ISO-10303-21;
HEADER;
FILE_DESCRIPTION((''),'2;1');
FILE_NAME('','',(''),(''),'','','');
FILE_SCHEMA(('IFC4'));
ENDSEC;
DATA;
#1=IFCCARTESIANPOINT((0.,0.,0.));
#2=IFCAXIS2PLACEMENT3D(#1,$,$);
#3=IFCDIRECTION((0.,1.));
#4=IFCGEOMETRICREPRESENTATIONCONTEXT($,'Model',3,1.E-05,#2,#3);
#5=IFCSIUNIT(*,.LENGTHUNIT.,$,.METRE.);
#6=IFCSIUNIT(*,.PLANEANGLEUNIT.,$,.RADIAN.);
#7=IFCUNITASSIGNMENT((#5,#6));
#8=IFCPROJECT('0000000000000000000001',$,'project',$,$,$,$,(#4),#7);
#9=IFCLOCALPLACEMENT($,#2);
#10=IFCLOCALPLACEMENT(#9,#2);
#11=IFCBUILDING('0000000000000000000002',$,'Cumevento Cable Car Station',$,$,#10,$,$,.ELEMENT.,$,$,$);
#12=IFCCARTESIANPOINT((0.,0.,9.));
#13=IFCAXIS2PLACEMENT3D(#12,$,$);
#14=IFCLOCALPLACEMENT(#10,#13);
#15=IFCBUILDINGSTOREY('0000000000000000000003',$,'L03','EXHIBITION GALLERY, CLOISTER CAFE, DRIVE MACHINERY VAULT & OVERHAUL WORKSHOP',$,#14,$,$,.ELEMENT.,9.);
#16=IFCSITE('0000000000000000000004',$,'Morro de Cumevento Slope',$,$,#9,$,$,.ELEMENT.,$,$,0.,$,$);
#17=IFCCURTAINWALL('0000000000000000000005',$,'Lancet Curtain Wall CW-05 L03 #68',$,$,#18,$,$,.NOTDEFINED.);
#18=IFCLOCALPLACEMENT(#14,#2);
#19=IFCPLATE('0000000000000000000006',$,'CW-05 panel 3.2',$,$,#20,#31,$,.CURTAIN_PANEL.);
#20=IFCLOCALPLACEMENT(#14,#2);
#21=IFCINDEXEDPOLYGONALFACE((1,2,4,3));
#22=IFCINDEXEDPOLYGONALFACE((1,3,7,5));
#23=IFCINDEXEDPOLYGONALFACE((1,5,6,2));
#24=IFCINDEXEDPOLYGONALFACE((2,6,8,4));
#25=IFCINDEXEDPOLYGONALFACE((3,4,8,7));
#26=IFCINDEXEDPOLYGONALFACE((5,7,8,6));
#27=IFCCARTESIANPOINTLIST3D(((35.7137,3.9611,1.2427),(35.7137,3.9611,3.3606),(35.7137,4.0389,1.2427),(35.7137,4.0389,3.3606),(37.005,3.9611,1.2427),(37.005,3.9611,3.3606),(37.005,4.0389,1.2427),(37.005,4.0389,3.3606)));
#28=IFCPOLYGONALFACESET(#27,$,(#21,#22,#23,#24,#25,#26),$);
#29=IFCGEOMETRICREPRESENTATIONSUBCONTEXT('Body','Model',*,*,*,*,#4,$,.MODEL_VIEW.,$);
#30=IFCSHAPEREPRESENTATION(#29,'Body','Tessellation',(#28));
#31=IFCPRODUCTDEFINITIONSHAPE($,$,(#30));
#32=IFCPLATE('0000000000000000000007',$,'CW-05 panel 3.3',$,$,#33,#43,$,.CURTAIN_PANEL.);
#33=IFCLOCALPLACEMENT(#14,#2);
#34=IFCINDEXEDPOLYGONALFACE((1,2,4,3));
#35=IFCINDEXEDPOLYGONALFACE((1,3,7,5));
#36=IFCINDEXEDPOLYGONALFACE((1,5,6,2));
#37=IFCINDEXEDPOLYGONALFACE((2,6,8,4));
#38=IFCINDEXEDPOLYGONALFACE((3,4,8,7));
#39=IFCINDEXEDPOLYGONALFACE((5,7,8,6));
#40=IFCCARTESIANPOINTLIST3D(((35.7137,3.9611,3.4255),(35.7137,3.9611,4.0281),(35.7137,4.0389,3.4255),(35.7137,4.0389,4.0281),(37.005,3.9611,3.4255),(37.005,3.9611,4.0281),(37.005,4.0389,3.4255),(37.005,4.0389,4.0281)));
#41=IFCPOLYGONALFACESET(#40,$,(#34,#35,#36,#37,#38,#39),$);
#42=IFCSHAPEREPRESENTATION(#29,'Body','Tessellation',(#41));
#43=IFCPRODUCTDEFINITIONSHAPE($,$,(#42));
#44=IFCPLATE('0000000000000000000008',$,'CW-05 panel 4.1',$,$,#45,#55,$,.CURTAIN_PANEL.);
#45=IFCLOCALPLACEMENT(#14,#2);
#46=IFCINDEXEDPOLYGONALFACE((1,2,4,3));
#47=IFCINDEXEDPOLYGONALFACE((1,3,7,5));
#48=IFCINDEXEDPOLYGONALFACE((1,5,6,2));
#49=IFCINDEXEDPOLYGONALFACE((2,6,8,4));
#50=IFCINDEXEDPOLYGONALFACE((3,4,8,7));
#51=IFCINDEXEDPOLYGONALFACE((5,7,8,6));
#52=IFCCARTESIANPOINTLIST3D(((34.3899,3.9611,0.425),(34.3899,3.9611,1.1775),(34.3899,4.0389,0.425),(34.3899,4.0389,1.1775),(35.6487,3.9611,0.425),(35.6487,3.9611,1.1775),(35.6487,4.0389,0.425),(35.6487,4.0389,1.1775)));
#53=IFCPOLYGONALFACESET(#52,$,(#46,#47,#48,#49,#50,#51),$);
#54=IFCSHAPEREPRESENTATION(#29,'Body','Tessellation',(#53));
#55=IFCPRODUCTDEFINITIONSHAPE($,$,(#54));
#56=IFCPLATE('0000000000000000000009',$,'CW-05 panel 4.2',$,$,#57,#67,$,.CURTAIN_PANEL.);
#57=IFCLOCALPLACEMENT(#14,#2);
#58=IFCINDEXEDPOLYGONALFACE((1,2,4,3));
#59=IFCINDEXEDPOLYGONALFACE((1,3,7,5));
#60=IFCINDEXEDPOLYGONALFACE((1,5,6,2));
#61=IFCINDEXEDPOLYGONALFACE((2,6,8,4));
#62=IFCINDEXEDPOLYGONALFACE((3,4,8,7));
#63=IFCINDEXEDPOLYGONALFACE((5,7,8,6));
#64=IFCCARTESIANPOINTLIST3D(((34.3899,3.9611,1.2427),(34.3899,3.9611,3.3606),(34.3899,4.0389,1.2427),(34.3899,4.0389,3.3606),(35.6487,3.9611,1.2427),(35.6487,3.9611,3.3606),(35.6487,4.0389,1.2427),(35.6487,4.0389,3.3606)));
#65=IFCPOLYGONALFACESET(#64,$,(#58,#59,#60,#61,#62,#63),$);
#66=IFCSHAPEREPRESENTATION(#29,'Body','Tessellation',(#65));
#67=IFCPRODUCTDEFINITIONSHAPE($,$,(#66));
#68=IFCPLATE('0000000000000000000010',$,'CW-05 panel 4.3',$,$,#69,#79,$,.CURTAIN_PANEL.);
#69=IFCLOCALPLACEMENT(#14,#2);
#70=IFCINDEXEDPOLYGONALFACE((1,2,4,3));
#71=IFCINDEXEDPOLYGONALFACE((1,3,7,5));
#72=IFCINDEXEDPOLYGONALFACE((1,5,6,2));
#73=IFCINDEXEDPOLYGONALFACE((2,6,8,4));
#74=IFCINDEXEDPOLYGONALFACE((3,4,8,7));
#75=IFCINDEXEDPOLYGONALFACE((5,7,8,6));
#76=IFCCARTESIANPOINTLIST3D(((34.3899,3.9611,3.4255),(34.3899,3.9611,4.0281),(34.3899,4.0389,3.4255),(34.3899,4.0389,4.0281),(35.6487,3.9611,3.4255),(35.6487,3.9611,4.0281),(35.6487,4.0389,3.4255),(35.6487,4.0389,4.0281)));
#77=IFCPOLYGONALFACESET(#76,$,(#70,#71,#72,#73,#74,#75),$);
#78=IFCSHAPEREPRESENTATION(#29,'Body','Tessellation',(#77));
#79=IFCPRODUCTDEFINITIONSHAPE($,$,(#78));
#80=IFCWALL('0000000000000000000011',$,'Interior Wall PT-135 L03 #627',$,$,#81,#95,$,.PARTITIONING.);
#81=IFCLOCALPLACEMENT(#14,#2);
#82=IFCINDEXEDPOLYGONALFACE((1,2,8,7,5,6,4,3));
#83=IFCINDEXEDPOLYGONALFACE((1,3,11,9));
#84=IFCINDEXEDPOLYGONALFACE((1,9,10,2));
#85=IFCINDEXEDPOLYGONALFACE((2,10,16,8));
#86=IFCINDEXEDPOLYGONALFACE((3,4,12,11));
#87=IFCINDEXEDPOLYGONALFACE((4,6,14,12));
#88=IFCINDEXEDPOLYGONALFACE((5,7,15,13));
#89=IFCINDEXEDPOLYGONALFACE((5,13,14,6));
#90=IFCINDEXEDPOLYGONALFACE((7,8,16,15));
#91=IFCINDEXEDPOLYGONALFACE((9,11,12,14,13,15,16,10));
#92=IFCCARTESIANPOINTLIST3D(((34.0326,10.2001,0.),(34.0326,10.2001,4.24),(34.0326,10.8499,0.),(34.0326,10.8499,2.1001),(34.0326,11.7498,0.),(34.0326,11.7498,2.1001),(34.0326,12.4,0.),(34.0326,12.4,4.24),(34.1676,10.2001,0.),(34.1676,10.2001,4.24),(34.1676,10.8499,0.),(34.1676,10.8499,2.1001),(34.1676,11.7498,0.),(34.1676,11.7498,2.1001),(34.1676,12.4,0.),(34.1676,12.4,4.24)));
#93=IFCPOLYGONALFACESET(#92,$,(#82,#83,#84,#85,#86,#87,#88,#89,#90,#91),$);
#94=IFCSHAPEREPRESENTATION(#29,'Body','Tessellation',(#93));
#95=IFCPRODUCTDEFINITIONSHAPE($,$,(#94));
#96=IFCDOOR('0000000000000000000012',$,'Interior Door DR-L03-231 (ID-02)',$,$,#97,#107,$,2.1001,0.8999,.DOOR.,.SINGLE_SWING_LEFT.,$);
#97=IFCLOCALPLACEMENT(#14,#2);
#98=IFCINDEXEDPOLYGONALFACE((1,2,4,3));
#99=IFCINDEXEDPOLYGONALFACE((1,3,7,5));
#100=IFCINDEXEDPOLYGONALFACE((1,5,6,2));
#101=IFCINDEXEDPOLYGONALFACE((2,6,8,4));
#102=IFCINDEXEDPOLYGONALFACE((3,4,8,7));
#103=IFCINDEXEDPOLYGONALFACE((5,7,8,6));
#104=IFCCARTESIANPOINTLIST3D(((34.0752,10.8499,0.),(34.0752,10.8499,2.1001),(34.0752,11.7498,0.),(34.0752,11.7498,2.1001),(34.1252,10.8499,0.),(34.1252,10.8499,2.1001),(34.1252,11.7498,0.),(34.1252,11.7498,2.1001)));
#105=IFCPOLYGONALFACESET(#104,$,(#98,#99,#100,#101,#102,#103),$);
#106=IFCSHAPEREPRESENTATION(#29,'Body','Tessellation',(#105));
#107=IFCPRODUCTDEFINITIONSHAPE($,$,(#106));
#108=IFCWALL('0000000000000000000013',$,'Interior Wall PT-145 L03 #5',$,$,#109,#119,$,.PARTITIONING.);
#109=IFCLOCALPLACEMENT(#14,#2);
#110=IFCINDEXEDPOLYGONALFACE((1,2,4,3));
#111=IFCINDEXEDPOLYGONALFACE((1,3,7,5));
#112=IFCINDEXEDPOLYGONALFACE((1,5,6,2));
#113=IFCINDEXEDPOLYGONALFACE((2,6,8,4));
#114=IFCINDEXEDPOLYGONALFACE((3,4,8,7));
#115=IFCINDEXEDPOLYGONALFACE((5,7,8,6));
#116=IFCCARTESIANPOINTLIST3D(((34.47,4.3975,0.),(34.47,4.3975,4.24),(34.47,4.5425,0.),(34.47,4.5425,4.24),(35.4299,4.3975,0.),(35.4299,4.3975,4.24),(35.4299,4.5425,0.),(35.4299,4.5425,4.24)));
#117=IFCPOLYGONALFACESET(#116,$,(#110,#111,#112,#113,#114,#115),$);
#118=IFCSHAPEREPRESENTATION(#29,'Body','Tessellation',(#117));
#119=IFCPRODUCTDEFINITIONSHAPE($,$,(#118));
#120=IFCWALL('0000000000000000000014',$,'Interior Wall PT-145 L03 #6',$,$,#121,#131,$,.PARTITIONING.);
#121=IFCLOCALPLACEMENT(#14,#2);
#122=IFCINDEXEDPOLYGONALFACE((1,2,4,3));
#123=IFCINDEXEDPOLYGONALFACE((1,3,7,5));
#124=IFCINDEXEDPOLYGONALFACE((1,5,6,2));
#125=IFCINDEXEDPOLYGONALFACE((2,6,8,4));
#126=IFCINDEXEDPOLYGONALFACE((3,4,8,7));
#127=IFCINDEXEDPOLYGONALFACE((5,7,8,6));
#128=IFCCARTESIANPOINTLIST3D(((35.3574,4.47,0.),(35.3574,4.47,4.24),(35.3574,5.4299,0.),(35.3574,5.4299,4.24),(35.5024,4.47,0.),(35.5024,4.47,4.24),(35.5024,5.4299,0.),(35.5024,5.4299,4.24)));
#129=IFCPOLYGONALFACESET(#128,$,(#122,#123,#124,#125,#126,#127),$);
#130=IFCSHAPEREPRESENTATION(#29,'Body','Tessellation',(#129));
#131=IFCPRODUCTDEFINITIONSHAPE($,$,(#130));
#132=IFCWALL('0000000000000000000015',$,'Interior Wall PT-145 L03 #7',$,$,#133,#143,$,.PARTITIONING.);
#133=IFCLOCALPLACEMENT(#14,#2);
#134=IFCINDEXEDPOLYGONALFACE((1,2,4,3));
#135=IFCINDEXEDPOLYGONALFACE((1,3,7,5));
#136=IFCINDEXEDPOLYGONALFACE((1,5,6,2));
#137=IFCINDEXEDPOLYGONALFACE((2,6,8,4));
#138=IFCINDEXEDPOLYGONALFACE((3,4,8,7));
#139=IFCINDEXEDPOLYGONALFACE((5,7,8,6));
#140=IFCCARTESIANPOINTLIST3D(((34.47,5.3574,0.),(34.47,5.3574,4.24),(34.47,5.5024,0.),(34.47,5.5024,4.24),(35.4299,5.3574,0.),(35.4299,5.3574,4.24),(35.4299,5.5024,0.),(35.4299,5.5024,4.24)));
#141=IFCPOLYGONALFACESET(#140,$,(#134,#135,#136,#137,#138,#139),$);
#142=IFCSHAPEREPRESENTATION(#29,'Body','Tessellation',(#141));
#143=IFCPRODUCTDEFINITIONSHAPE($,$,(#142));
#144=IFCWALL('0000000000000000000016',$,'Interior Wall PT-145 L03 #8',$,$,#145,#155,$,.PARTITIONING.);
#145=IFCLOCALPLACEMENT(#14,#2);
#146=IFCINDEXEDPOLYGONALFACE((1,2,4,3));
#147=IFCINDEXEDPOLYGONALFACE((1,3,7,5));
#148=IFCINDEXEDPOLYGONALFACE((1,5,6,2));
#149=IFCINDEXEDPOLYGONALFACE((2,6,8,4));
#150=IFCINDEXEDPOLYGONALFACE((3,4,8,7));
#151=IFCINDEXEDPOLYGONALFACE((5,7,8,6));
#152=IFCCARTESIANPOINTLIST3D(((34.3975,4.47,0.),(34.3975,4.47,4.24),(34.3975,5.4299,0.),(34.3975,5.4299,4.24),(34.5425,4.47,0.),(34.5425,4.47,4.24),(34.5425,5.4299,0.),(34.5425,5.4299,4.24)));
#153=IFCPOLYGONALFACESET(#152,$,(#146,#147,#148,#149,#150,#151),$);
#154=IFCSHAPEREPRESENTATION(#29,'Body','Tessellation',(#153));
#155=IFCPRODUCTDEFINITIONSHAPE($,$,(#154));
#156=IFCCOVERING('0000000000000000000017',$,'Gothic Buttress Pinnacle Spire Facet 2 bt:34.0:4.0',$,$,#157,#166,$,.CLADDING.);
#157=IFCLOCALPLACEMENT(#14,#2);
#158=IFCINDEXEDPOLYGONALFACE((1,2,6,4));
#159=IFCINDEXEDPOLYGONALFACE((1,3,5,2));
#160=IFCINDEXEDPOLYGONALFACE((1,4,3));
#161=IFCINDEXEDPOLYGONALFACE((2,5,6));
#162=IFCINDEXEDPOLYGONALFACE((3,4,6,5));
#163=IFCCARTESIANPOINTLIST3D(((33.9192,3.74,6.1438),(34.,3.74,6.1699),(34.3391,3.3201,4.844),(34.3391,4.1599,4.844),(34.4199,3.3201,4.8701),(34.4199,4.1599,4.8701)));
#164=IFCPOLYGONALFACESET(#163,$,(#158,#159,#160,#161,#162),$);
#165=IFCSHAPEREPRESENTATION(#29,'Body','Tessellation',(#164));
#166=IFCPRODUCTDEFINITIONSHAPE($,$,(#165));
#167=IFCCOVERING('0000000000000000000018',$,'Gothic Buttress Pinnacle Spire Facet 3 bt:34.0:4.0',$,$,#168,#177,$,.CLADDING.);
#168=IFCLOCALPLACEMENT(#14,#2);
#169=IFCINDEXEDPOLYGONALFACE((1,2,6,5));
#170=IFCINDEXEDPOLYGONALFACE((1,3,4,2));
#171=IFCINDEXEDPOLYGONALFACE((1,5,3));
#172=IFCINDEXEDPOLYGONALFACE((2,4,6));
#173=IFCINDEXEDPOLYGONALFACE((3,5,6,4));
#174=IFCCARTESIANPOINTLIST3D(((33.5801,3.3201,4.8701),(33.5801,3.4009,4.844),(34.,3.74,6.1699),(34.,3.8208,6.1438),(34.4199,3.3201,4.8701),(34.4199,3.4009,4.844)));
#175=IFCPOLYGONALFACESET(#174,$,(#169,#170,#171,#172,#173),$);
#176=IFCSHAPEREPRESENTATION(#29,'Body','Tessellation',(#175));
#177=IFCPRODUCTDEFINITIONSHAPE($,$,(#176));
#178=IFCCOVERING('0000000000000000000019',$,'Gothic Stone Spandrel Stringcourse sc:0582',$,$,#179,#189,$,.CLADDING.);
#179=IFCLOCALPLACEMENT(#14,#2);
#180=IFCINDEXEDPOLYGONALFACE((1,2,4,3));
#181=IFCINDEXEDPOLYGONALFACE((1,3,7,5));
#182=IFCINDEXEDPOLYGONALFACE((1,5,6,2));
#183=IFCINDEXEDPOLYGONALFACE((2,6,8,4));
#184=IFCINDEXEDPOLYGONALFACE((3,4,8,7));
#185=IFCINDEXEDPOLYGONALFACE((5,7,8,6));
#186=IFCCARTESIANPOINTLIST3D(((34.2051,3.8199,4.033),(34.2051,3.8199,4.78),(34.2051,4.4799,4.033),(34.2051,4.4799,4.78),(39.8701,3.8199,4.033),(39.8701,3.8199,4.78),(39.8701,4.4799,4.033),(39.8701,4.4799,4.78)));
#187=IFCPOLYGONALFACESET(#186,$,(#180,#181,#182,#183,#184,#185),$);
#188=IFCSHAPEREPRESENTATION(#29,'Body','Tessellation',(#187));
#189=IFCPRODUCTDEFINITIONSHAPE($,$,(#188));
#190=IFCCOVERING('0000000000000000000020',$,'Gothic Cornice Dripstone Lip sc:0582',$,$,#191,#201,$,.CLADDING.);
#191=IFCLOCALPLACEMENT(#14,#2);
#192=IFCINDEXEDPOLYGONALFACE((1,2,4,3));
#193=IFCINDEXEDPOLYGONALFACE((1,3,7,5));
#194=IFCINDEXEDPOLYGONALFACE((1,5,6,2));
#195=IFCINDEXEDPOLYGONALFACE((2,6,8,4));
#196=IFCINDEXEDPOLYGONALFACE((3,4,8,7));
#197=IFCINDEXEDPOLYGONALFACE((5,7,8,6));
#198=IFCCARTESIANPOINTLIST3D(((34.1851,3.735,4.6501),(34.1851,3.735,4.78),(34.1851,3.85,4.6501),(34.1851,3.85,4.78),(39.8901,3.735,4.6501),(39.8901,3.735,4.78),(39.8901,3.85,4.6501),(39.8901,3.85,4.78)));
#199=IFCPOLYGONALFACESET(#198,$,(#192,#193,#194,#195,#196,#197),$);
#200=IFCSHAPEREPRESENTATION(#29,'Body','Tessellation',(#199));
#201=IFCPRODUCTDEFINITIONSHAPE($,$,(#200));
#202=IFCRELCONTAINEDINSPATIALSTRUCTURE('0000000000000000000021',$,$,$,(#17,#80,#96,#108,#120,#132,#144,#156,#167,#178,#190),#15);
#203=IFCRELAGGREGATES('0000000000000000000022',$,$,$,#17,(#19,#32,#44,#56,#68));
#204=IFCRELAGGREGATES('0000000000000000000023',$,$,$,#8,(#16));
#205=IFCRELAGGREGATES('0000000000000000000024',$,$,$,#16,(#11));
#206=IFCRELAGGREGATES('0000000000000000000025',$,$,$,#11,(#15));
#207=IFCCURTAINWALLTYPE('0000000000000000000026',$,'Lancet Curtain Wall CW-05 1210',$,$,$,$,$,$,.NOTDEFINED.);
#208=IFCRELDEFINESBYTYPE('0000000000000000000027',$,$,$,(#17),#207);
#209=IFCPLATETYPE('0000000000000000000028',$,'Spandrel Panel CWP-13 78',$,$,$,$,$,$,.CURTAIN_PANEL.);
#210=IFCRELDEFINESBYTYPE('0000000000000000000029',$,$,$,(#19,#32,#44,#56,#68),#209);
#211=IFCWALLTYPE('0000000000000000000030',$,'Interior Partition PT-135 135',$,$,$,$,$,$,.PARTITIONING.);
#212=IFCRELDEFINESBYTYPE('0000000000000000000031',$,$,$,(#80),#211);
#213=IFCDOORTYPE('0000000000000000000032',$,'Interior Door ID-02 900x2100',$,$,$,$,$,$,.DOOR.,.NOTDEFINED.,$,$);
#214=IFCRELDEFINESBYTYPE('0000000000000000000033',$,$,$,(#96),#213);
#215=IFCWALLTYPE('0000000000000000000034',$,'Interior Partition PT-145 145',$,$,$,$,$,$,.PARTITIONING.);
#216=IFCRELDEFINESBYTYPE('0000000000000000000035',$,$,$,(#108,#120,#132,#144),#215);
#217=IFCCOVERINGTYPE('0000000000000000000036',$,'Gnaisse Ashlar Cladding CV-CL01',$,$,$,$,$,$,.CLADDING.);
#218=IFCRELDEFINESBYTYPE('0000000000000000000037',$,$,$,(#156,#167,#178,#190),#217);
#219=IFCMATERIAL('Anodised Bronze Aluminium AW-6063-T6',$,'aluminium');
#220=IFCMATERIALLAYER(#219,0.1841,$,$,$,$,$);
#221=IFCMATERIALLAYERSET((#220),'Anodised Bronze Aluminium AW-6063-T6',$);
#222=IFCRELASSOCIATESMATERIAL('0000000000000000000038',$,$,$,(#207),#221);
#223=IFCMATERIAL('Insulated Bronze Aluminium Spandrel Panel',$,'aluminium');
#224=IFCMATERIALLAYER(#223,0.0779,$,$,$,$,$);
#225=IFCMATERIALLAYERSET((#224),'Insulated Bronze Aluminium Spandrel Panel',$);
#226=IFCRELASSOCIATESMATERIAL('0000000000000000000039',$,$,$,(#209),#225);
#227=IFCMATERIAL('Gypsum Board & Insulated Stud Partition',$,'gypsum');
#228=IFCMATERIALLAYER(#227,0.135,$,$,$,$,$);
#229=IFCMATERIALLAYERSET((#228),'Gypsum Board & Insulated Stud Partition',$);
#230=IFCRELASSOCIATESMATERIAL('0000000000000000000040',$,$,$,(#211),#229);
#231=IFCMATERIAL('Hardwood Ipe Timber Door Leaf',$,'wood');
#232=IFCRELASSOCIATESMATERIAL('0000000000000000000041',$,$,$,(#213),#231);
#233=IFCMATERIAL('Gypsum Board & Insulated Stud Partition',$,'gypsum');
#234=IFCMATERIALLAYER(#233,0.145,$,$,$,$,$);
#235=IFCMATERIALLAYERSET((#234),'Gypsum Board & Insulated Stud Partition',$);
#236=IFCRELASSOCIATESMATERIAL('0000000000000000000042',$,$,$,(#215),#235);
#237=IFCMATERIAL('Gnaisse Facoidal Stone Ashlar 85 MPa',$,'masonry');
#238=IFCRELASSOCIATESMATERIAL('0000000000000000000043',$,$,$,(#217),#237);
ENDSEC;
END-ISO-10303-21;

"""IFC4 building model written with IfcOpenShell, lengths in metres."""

from ifc_helpers import new_model, si_unit, direction, frame, frame_2d, origin, origin_2d, place, context, subcontext, project, spatial, polyline, rectangle, outline, extrude, material, layer, layer_set, type_object, element, fill, aggregate, save


model = new_model("IFC4")

# Units and contexts
model_context = context("Model", 3, precision=1e-05, world=origin(), true_north=direction((0.0, 1.0)))
body_context = subcontext(model_context, "Body", "Model", "MODEL_VIEW")
ifc_project = project(units=[si_unit("LENGTHUNIT", "METRE"), si_unit("PLANEANGLEUNIT", "RADIAN")], contexts=[model_context])

# Site, building, storey
site_placement = place(None, origin())
site = spatial("IfcSite", under=ifc_project, at=site_placement, Name="Morro de Cumevento Slope", CompositionType="ELEMENT", RefElevation=0.0)
building_placement = place(site_placement, origin())
building = spatial("IfcBuilding", under=site, at=building_placement, Name="Cumevento Cable Car Station", CompositionType="ELEMENT")
storey_placement = place(building_placement, frame((0.0, 0.0, 9.0)))
storey = spatial("IfcBuildingStorey", under=building, at=storey_placement, Name="L03", Description="EXHIBITION GALLERY, CLOISTER CAFE, DRIVE MACHINERY VAULT & OVERHAUL WORKSHOP", CompositionType="ELEMENT", Elevation=9.0)

# Curtain wall
ifc_material_1 = material(Name="Anodised Bronze Aluminium AW-6063-T6", Category="aluminium")
ifc_layer_1 = layer(ifc_material_1, 0.1841)
ifc_layer_set_1 = layer_set([ifc_layer_1], Name="Anodised Bronze Aluminium AW-6063-T6")
curtain_wall_type = type_object("IfcCurtainWallType", Name="Lancet Curtain Wall CW-05 1210", PredefinedType="NOTDEFINED", material=ifc_layer_set_1)
curtain_wall_placement = place(storey_placement, origin())
curtain_wall = element("IfcCurtainWall", 1, at=curtain_wall_placement, inside=storey, type_object=curtain_wall_type, Name="Lancet Curtain Wall CW-05 L03 #68", PredefinedType="NOTDEFINED")

# Plates
ifc_material_2 = material(Name="Insulated Bronze Aluminium Spandrel Panel", Category="aluminium")
ifc_layer_2 = layer(ifc_material_2, 0.0779)
ifc_layer_set_2 = layer_set([ifc_layer_2], Name="Insulated Bronze Aluminium Spandrel Panel")
plate_type = type_object("IfcPlateType", Name="Spandrel Panel CWP-13 78", PredefinedType="CURTAIN_PANEL", material=ifc_layer_set_2)
plate_1_placement = place(storey_placement, frame((36.3594, 4.0, 1.2427), z_axis=(0.0, 0.0, 1.0), x_axis=(-1.0, 0.0, 0.0)))
plate_1 = element("IfcPlate", 2, at=plate_1_placement, type_object=plate_type, Name="CW-05 panel 3.2", PredefinedType="CURTAIN_PANEL", context=body_context, shape_type="SweptSolid", body=[
    extrude(rectangle(XDim=1.2913, YDim=0.0779, at=origin_2d()), origin(), (0.0, 0.0, 1.0), 2.1179),
])
plate_2_placement = place(storey_placement, frame((36.3594, 4.0, 3.4255), z_axis=(0.0, 0.0, 1.0), x_axis=(-1.0, 0.0, 0.0)))
plate_2 = element("IfcPlate", 3, at=plate_2_placement, type_object=plate_type, Name="CW-05 panel 3.3", PredefinedType="CURTAIN_PANEL", context=body_context, shape_type="SweptSolid", body=[
    extrude(rectangle(XDim=1.2913, YDim=0.0779, at=origin_2d()), origin(), (0.0, 0.0, 1.0), 0.6025),
])
plate_3_placement = place(storey_placement, frame((35.0193, 4.0, 0.425), z_axis=(0.0, 0.0, 1.0), x_axis=(-1.0, 0.0, 0.0)))
plate_3 = element("IfcPlate", 4, at=plate_3_placement, type_object=plate_type, Name="CW-05 panel 4.1", PredefinedType="CURTAIN_PANEL", context=body_context, shape_type="SweptSolid", body=[
    extrude(rectangle(XDim=1.2588, YDim=0.0779, at=origin_2d()), origin(), (0.0, 0.0, 1.0), 0.7524),
])
plate_4_placement = place(storey_placement, frame((35.0193, 4.0, 1.2427), z_axis=(0.0, 0.0, 1.0), x_axis=(-1.0, 0.0, 0.0)))
plate_4 = element("IfcPlate", 5, at=plate_4_placement, type_object=plate_type, Name="CW-05 panel 4.2", PredefinedType="CURTAIN_PANEL", context=body_context, shape_type="SweptSolid", body=[
    extrude(rectangle(XDim=1.2588, YDim=0.0779, at=origin_2d()), origin(), (0.0, 0.0, 1.0), 2.1179),
])
plate_5_placement = place(storey_placement, frame((35.0193, 4.0, 3.4255), z_axis=(0.0, 0.0, 1.0), x_axis=(-1.0, 0.0, 0.0)))
plate_5 = element("IfcPlate", 6, at=plate_5_placement, type_object=plate_type, Name="CW-05 panel 4.3", PredefinedType="CURTAIN_PANEL", context=body_context, shape_type="SweptSolid", body=[
    extrude(rectangle(XDim=1.2588, YDim=0.0779, at=origin_2d()), origin(), (0.0, 0.0, 1.0), 0.6025),
])
aggregate(curtain_wall, [plate_1, plate_2, plate_3, plate_4, plate_5])

# Wall, opening, door
ifc_material_3 = material(Name="Gypsum Board & Insulated Stud Partition", Category="gypsum")
ifc_layer_3 = layer(ifc_material_3, 0.135)
ifc_layer_set_3 = layer_set([ifc_layer_3], Name="Gypsum Board & Insulated Stud Partition")
wall_type_1 = type_object("IfcWallType", Name="Interior Partition PT-135 135", PredefinedType="PARTITIONING", material=ifc_layer_set_3)
wall_placement = place(storey_placement, frame((34.1001, 10.2, 0.0), z_axis=(0.0, 0.0, 1.0), x_axis=(0.0, 1.0, 0.0)))
wall = element("IfcWall", 7, at=wall_placement, inside=storey, type_object=wall_type_1, Name="Interior Wall PT-135 L03 #627", PredefinedType="PARTITIONING", context=body_context, shape_type="SweptSolid", body=[
    extrude(rectangle(XDim=2.2, YDim=0.135, at=frame_2d((1.1001, 0.0))), origin(), (0.0, 0.0, 1.0), 4.24),
])
opening_placement = place(wall_placement, frame((0.6499, 0.0, 0.0)))
opening = element("IfcOpeningElement", 8, at=opening_placement, cuts=wall, PredefinedType="OPENING", context=body_context, shape_type="SweptSolid", body=[
    extrude(rectangle(XDim=0.8999, YDim=2.1001, at=frame_2d((0.45, 1.05))), frame((0.0, 0.0774, 0.0), z_axis=(0.0, -1.0, 0.0), x_axis=(1.0, 0.0, 0.0)), (0.0, 0.0, 1.0), 0.155),
])
ifc_material_4 = material(Name="Hardwood Ipe Timber Door Leaf", Category="wood")
door_type = type_object("IfcDoorType", Name="Interior Door ID-02 900x2100", OperationType="NOTDEFINED", PredefinedType="DOOR", material=ifc_material_4)
door_placement = place(opening_placement, origin())
door = element("IfcDoor", 9, at=door_placement, inside=storey, type_object=door_type, Name="Interior Door DR-L03-231 (ID-02)", OperationType="SINGLE_SWING_LEFT", OverallHeight=2.1001, OverallWidth=0.8999, PredefinedType="DOOR", context=body_context, shape_type="SweptSolid", body=[
    extrude(rectangle(XDim=0.8999, YDim=2.1001, at=frame_2d((0.45, 1.05))), frame((0.0, 0.0249, 0.0), z_axis=(0.0, -1.0, 0.0), x_axis=(1.0, 0.0, 0.0)), (0.0, 0.0, 1.0), 0.05),
])
fill(opening, door)

# Walls
ifc_material_5 = material(Name="Gypsum Board & Insulated Stud Partition", Category="gypsum")
ifc_layer_4 = layer(ifc_material_5, 0.145)
ifc_layer_set_4 = layer_set([ifc_layer_4], Name="Gypsum Board & Insulated Stud Partition")
wall_type_2 = type_object("IfcWallType", Name="Interior Partition PT-145 145", PredefinedType="PARTITIONING", material=ifc_layer_set_4)
for number, where, z_axis, x_axis, name in (
    (10, (34.47, 4.47, 0.0), (0.0, 0.0, 1.0), (1.0, 0.0, 0.0), "Interior Wall PT-145 L03 #5"),
    (11, (35.4299, 4.47, 0.0), (0.0, 0.0, 1.0), (0.0, 1.0, 0.0), "Interior Wall PT-145 L03 #6"),
    (12, (35.4299, 5.4299, 0.0), (0.0, 0.0, 1.0), (-1.0, 0.0, 0.0), "Interior Wall PT-145 L03 #7"),
    (13, (34.47, 5.4299, 0.0), (0.0, 0.0, 1.0), (0.0, -1.0, 0.0), "Interior Wall PT-145 L03 #8"),
):
    element("IfcWall", number, at=place(storey_placement, frame(where, z_axis=z_axis, x_axis=x_axis)), inside=storey, type_object=wall_type_2, Name=name, PredefinedType="PARTITIONING", context=body_context, shape_type="SweptSolid", body=[
        extrude(rectangle(XDim=0.96, YDim=0.145, at=frame_2d((0.48, 0.0))), origin(), (0.0, 0.0, 1.0), 4.24),
    ])

# Coverings
ifc_material_6 = material(Name="Gnaisse Facoidal Stone Ashlar 85 MPa", Category="masonry")
covering_type = type_object("IfcCoveringType", Name="Gnaisse Ashlar Cladding CV-CL01", PredefinedType="CLADDING", material=ifc_material_6)
for number, where, z_axis, x_axis, name in (
    (14, (34.4199, 4.1599, 4.8701), (0.951574, 0.0, 0.307421), (0.0, -1.0, 0.0), "Gothic Buttress Pinnacle Spire Facet 2 bt:34.0:4.0"),
    (15, (34.4199, 3.3201, 4.8701), (0.0, -0.951574, 0.307421), (-1.0, 0.0, 0.0), "Gothic Buttress Pinnacle Spire Facet 3 bt:34.0:4.0"),
):
    element("IfcCovering", number, at=place(storey_placement, frame(where, z_axis=z_axis, x_axis=x_axis)), inside=storey, type_object=covering_type, Name=name, PredefinedType="CLADDING", context=body_context, shape_type="SweptSolid", body=[
        extrude(outline(polyline([(0.0, 0.0), (0.8398, 0.0), (0.4199, -1.366), (0.0, 0.0)])), origin(), (0.0, 0.0, -1.0), 0.085),
    ])
covering_1_placement = place(storey_placement, frame((37.0376, 4.1499, 4.033), z_axis=(0.0, 0.0, 1.0), x_axis=(-1.0, 0.0, 0.0)))
element("IfcCovering", 16, at=covering_1_placement, inside=storey, type_object=covering_type, Name="Gothic Stone Spandrel Stringcourse sc:0582", PredefinedType="CLADDING", context=body_context, shape_type="SweptSolid", body=[
    extrude(rectangle(XDim=5.665, YDim=0.6599, at=origin_2d()), origin(), (0.0, 0.0, 1.0), 0.7471),
])
covering_2_placement = place(storey_placement, frame((37.0376, 3.7925, 4.6501), z_axis=(0.0, 0.0, 1.0), x_axis=(-1.0, 0.0, 0.0)))
element("IfcCovering", 17, at=covering_2_placement, inside=storey, type_object=covering_type, Name="Gothic Cornice Dripstone Lip sc:0582", PredefinedType="CLADDING", context=body_context, shape_type="SweptSolid", body=[
    extrude(rectangle(XDim=5.7051, YDim=0.115, at=origin_2d()), origin(), (0.0, 0.0, 1.0), 0.1299),
])

save(model, "model.ifc")
